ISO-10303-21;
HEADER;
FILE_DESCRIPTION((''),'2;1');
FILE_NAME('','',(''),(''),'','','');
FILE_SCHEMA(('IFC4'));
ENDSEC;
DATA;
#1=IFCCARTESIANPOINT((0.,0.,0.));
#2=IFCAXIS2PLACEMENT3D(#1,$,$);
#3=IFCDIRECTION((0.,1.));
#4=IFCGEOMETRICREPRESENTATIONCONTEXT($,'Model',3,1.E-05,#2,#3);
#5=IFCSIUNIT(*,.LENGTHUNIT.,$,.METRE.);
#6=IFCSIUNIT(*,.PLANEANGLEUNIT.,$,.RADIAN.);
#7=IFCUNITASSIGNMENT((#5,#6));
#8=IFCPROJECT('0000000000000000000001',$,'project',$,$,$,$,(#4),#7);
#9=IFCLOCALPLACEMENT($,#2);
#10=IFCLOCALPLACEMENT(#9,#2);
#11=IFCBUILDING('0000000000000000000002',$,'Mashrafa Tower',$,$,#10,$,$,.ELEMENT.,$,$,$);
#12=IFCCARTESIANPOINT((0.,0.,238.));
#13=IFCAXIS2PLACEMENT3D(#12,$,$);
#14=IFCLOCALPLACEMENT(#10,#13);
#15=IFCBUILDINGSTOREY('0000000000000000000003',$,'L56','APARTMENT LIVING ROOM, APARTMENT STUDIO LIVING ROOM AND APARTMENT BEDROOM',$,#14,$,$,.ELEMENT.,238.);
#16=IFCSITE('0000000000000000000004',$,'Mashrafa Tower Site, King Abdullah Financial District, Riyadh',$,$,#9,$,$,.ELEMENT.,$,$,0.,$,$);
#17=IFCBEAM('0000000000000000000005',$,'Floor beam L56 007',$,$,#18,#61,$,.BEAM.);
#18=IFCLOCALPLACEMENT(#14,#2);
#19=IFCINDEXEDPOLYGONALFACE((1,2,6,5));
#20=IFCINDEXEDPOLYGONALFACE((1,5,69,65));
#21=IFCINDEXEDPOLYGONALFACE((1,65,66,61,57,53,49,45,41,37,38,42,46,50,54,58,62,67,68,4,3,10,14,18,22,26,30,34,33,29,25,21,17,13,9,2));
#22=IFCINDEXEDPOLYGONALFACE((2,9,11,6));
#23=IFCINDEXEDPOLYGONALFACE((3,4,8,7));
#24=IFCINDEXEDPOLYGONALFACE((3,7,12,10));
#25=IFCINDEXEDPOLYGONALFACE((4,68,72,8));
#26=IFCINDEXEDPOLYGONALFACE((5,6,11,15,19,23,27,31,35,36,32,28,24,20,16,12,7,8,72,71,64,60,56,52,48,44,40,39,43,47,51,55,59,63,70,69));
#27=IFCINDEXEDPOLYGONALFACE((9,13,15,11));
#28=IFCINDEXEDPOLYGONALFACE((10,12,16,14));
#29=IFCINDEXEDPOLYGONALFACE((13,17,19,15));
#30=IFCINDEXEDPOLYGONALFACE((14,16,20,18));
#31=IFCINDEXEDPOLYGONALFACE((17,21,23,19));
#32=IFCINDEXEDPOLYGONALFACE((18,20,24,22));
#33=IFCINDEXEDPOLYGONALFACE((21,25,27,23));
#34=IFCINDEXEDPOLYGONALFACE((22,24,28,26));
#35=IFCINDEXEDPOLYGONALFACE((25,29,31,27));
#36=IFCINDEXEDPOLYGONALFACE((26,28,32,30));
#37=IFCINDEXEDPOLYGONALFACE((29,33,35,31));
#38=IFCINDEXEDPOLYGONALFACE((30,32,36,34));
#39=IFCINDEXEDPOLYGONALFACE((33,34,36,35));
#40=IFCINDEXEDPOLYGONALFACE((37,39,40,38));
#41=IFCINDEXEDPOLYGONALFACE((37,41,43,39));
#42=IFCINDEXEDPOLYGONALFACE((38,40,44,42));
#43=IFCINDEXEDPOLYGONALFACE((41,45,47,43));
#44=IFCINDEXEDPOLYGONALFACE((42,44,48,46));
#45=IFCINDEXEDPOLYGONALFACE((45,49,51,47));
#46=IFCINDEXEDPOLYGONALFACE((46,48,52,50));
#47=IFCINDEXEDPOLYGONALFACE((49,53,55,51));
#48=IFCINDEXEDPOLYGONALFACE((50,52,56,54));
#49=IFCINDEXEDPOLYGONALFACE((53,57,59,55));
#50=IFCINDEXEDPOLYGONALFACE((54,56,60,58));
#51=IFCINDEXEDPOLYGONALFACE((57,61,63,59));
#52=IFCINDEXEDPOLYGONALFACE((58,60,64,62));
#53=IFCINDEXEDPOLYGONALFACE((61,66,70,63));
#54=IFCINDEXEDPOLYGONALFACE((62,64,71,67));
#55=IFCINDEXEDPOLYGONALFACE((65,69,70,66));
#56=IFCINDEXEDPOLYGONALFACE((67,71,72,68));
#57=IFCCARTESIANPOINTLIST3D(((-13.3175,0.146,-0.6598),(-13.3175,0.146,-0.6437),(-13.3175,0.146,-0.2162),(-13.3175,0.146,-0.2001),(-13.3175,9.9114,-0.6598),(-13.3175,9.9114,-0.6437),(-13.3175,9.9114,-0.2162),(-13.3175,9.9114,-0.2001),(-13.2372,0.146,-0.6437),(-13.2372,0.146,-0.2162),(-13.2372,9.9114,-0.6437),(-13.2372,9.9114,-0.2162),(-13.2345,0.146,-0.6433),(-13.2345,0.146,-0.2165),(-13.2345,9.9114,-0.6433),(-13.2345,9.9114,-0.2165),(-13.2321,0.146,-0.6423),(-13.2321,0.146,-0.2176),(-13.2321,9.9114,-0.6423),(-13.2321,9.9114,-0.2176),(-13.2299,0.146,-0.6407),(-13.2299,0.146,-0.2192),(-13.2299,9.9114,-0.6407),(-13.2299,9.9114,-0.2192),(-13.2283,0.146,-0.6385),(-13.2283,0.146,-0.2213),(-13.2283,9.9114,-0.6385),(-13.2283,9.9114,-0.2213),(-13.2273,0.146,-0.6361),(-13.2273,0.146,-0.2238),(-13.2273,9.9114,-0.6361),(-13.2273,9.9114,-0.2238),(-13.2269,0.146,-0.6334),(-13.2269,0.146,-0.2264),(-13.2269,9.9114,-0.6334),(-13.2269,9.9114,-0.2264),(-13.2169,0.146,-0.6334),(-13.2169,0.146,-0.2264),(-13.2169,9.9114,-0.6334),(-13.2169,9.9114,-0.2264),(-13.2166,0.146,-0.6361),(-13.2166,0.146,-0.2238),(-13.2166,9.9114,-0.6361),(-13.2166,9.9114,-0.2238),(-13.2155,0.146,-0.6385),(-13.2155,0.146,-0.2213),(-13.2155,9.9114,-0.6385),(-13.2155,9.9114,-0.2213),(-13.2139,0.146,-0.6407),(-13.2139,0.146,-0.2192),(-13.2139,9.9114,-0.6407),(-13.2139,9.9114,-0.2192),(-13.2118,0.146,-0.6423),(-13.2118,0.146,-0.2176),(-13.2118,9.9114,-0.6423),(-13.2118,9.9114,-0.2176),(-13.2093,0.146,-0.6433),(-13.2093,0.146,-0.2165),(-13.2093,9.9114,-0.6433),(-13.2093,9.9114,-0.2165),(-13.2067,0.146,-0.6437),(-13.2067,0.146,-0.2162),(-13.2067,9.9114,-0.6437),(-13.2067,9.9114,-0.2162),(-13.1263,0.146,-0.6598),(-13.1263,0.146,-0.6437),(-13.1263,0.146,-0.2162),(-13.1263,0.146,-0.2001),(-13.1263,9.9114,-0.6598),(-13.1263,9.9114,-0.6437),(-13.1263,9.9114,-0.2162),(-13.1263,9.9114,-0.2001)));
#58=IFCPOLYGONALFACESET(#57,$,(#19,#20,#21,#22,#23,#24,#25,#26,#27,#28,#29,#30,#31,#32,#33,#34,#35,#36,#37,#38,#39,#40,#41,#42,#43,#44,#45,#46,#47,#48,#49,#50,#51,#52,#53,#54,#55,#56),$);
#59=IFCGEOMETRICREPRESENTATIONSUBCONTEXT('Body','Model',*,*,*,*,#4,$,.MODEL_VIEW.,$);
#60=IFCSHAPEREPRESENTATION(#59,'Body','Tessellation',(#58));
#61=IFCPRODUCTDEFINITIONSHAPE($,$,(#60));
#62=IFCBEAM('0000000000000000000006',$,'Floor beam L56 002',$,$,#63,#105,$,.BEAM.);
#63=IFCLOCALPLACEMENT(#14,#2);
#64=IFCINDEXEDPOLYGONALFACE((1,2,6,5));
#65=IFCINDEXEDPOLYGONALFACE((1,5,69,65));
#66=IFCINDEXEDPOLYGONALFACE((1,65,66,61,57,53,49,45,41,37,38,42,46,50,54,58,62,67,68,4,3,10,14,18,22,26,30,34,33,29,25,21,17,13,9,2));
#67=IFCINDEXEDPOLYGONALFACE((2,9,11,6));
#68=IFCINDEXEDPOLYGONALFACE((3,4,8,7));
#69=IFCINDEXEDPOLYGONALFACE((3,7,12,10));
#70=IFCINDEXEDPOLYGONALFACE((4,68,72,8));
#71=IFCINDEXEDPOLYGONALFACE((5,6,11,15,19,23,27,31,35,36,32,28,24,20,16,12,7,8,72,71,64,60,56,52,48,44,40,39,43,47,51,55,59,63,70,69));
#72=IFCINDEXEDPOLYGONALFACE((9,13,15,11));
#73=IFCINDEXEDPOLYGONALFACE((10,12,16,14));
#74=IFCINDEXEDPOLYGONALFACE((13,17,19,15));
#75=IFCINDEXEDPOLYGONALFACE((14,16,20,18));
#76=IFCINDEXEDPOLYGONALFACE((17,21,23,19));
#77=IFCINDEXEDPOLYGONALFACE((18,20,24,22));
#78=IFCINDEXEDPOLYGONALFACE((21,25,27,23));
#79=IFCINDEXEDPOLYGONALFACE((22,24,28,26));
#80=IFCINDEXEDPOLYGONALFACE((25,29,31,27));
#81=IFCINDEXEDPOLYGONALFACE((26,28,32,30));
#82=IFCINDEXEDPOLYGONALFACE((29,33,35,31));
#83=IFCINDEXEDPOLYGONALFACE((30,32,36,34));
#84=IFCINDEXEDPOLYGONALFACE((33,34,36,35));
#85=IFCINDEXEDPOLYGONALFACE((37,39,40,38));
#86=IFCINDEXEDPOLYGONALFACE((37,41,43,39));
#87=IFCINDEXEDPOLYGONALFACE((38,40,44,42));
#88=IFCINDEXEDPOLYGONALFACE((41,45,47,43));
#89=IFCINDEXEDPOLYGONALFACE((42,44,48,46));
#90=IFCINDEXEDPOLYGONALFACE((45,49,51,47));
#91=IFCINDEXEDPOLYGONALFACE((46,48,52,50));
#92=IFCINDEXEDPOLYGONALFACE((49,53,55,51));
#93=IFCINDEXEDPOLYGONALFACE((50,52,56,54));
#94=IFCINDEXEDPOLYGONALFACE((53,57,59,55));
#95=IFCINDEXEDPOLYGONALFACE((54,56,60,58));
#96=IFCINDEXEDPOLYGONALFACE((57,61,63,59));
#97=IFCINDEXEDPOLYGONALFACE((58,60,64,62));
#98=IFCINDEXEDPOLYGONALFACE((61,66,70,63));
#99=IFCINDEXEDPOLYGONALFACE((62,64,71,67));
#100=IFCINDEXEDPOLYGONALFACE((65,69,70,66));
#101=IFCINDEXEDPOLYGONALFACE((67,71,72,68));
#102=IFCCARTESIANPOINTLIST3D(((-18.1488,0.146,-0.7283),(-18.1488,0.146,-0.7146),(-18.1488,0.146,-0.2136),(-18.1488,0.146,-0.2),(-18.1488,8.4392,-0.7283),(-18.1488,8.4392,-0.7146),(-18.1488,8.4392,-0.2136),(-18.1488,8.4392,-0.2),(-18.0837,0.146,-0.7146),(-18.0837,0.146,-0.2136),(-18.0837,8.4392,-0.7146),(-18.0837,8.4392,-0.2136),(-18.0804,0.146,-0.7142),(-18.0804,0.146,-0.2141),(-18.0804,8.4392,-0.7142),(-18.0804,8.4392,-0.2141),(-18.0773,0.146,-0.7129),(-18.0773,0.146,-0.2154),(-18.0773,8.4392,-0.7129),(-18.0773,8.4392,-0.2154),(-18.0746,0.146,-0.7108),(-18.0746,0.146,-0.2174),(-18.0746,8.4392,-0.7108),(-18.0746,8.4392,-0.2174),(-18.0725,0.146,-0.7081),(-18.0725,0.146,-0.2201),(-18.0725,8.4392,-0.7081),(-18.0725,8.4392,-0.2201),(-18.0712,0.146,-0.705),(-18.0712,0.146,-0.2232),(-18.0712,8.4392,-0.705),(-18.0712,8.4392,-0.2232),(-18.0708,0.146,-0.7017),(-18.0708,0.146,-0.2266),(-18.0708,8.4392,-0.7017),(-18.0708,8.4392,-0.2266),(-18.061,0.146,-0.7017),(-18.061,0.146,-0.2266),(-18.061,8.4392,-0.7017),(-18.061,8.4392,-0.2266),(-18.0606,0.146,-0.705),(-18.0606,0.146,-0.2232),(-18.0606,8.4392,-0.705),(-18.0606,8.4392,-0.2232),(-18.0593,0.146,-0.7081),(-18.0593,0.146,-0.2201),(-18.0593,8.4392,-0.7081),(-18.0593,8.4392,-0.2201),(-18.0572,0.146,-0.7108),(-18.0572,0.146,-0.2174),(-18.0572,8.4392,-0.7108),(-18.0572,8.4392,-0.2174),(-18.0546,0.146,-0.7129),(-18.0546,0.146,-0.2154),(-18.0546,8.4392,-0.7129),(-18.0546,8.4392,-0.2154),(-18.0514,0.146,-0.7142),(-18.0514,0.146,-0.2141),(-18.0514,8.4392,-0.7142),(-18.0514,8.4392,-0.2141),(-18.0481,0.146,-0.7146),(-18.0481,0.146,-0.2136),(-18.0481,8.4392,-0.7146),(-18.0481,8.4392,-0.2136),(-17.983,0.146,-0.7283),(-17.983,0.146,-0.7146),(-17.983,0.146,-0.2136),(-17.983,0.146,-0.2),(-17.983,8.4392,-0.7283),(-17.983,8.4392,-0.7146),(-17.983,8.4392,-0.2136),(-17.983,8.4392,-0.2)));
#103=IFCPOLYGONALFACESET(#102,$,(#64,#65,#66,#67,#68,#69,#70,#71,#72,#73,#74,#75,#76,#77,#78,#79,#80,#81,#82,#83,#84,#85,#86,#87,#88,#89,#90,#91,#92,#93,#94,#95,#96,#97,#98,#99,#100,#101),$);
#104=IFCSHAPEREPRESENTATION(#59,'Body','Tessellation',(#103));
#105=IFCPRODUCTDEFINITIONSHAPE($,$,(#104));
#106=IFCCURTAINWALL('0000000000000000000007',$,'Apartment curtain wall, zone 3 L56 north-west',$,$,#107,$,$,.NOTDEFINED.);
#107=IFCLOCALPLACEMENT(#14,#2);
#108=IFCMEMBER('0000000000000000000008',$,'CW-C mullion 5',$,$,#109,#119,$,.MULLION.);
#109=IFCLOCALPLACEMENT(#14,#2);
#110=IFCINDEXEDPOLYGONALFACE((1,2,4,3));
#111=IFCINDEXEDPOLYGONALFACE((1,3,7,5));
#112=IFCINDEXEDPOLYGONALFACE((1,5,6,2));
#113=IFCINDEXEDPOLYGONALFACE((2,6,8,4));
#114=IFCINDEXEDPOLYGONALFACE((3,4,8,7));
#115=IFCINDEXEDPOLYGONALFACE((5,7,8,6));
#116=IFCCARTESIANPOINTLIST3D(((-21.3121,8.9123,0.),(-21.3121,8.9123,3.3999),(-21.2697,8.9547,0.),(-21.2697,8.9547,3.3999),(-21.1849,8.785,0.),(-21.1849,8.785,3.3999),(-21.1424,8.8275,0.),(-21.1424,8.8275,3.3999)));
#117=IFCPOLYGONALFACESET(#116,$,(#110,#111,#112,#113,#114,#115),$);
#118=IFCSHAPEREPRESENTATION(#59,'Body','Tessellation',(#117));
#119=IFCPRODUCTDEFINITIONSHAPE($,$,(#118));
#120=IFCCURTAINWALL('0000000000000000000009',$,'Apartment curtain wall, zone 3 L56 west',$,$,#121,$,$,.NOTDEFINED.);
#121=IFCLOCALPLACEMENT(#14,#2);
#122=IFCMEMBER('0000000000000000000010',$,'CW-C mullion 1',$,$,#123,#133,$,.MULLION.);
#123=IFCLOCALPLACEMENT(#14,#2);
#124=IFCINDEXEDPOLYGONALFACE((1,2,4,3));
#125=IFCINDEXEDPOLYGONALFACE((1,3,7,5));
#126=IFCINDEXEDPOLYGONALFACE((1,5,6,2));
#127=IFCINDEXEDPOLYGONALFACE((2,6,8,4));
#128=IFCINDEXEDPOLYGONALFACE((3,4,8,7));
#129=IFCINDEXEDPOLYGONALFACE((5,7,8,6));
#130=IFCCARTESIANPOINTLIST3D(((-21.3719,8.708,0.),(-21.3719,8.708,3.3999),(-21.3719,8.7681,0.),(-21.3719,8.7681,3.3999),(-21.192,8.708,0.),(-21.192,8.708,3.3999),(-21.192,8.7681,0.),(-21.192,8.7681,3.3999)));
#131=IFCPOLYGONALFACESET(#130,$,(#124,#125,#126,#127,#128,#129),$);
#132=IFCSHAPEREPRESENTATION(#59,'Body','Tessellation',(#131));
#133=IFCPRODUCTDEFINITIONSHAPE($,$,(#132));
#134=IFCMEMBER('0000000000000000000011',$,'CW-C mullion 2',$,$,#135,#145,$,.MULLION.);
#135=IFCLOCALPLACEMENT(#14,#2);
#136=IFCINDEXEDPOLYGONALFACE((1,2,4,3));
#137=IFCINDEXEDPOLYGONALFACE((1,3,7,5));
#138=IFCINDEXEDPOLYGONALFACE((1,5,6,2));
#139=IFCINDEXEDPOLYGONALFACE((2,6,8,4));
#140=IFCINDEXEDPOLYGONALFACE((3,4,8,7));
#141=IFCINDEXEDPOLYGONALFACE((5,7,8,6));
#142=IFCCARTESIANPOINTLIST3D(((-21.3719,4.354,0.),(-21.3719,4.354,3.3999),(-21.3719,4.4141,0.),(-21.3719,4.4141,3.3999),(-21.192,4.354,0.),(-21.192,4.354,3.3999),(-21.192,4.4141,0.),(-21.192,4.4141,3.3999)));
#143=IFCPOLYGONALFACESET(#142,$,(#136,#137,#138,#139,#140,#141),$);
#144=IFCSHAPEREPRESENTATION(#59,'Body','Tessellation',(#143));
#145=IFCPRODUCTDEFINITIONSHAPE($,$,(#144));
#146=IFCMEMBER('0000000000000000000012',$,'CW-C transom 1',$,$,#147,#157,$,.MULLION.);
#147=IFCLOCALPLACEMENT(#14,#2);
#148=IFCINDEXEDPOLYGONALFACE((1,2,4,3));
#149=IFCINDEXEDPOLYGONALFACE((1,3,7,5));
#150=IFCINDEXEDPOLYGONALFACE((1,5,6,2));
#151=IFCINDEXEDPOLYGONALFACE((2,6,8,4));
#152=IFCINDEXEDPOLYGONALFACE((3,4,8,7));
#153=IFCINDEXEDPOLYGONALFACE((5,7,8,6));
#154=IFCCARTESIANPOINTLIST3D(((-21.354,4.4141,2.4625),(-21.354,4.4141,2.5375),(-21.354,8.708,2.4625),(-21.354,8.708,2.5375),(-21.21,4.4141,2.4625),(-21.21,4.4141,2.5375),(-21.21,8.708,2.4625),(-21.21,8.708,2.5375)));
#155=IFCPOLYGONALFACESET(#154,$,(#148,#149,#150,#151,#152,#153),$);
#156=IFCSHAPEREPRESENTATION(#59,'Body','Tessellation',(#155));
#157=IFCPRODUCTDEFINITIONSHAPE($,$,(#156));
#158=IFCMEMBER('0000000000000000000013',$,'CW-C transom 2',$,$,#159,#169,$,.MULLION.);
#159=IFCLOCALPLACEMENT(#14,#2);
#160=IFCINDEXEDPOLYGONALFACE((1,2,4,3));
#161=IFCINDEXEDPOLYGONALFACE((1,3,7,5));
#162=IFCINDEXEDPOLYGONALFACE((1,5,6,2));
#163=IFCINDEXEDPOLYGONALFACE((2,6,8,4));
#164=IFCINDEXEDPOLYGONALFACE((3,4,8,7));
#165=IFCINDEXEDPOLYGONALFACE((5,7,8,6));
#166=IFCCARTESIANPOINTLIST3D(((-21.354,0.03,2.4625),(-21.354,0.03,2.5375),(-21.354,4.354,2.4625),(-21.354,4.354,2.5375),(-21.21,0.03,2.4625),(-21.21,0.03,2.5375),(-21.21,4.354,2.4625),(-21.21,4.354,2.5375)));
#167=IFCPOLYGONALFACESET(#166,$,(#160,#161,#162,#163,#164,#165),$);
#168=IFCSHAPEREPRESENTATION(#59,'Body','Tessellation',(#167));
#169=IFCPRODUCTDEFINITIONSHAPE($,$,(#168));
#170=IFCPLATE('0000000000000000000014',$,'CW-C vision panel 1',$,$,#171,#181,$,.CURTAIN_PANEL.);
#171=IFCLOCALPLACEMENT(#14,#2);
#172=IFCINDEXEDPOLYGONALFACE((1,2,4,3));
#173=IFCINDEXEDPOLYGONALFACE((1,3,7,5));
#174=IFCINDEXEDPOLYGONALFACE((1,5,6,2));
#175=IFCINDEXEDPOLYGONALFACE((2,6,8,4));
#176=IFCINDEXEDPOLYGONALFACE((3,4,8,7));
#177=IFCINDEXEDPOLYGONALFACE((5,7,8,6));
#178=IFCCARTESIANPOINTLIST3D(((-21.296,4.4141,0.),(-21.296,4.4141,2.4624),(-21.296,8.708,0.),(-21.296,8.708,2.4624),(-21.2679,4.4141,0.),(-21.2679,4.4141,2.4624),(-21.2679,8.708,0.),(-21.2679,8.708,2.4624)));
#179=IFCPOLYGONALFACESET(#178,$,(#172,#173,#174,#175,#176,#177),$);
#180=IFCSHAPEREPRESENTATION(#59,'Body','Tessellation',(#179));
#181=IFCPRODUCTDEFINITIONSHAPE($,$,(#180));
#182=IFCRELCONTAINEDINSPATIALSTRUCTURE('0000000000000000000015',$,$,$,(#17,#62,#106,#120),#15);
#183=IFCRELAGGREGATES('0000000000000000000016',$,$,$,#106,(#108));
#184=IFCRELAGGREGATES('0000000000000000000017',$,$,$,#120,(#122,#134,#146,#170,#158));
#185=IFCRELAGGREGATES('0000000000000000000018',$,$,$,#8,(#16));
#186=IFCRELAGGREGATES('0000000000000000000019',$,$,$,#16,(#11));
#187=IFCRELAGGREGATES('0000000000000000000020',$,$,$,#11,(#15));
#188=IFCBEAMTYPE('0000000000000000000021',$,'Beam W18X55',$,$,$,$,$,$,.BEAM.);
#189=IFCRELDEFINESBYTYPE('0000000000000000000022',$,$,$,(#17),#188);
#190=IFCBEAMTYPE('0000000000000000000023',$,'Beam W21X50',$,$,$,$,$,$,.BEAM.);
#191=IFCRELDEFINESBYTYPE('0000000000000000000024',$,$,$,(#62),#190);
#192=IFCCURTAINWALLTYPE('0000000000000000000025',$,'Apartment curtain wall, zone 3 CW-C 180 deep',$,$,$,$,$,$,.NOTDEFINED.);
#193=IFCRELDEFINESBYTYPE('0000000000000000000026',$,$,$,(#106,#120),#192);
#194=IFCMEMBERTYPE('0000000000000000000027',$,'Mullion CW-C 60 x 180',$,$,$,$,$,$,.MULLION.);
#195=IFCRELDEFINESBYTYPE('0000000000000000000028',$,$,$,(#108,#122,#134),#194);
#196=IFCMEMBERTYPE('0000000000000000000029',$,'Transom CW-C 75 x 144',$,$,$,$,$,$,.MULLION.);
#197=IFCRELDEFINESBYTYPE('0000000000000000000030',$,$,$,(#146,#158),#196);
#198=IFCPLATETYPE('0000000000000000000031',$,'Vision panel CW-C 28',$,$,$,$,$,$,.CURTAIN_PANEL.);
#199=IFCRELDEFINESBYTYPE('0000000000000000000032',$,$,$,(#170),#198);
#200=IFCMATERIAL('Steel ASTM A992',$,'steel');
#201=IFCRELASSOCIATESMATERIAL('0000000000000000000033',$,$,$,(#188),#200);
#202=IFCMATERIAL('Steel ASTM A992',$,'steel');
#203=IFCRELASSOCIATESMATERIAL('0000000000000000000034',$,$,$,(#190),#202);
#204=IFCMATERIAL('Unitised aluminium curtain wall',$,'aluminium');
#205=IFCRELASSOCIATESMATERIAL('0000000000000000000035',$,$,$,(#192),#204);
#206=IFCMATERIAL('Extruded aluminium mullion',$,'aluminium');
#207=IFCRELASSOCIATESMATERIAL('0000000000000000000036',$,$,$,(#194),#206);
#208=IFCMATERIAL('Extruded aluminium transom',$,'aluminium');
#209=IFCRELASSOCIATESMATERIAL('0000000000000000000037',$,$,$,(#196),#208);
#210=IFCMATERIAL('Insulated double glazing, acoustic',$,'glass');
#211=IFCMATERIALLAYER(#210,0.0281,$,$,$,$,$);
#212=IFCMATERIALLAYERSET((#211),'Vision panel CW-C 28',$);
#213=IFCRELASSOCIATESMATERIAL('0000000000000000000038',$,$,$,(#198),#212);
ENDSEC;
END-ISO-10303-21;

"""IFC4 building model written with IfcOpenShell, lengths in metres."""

from ifc_helpers import new_model, si_unit, direction, frame, origin, origin_2d, place, context, subcontext, project, spatial, rectangle, i_section, extrude, source, transform, mapped, material, layer, layer_set, material_profile, profile_set, type_object, type_shapes, element, aggregate, save


model = new_model("IFC4")

# Units and contexts
model_context = context("Model", 3, precision=1e-05, world=origin(), true_north=direction((0.0, 1.0)))
body_context = subcontext(model_context, "Body", "Model", "MODEL_VIEW")
ifc_project = project(units=[si_unit("LENGTHUNIT", "METRE"), si_unit("PLANEANGLEUNIT", "RADIAN")], contexts=[model_context])

# Site, building, storey
site_placement = place(None, origin())
site = spatial("IfcSite", under=ifc_project, at=site_placement, Name="Mashrafa Tower Site, King Abdullah Financial District, Riyadh", CompositionType="ELEMENT", RefElevation=0.0)
building_placement = place(site_placement, origin())
building = spatial("IfcBuilding", under=site, at=building_placement, Name="Mashrafa Tower", CompositionType="ELEMENT")
storey_placement = place(building_placement, frame((0.0, 0.0, 238.0)))
storey = spatial("IfcBuildingStorey", under=building, at=storey_placement, Name="L56", Description="APARTMENT LIVING ROOM, APARTMENT STUDIO LIVING ROOM AND APARTMENT BEDROOM", CompositionType="ELEMENT", Elevation=238.0)

# Beams
ifc_material_1 = material(Name="Steel ASTM A992", Category="steel")
ifc_material_profile_1 = material_profile(ifc_material_1, i_section(OverallWidth=0.1912, OverallDepth=0.4597, WebThickness=0.01, FlangeThickness=0.0161, FilletRadius=0.0103, at=origin_2d()), Name="W18X55")
ifc_profile_set_1 = profile_set([ifc_material_profile_1], Name="Steel ASTM A992")
beam_type_1 = type_object("IfcBeamType", Name="Beam W18X55", PredefinedType="BEAM", material=ifc_profile_set_1)
beam_1_placement = place(storey_placement, frame((-13.2219, 0.146, -0.4299), z_axis=(0.0, 1.0, 0.0), x_axis=(-1.0, 0.0, 0.0)))
element("IfcBeam", 1, at=beam_1_placement, inside=storey, type_object=beam_type_1, Name="Floor beam L56 007", PredefinedType="BEAM", context=body_context, shape_type="SweptSolid", body=[
    extrude(i_section(OverallWidth=0.1912, OverallDepth=0.4597, WebThickness=0.01, FlangeThickness=0.0161, FilletRadius=0.0103, at=origin_2d()), origin(), (0.0, 0.0, 1.0), 9.7654),
])
ifc_material_2 = material(Name="Steel ASTM A992", Category="steel")
ifc_material_profile_2 = material_profile(ifc_material_2, i_section(OverallWidth=0.1658, OverallDepth=0.5283, WebThickness=0.0098, FlangeThickness=0.0137, FilletRadius=0.0129, at=origin_2d()), Name="W21X50")
ifc_profile_set_2 = profile_set([ifc_material_profile_2], Name="Steel ASTM A992")
beam_type_2 = type_object("IfcBeamType", Name="Beam W21X50", PredefinedType="BEAM", material=ifc_profile_set_2)
beam_2_placement = place(storey_placement, frame((-18.0659, 0.146, -0.4641), z_axis=(0.0, 1.0, 0.0), x_axis=(-1.0, 0.0, 0.0)))
element("IfcBeam", 2, at=beam_2_placement, inside=storey, type_object=beam_type_2, Name="Floor beam L56 002", PredefinedType="BEAM", context=body_context, shape_type="SweptSolid", body=[
    extrude(i_section(OverallWidth=0.1658, OverallDepth=0.5283, WebThickness=0.0098, FlangeThickness=0.0137, FilletRadius=0.0129, at=origin_2d()), origin(), (0.0, 0.0, 1.0), 8.2932),
])

# Curtain wall, member
ifc_material_3 = material(Name="Unitised aluminium curtain wall", Category="aluminium")
curtain_wall_type = type_object("IfcCurtainWallType", Name="Apartment curtain wall, zone 3 CW-C 180 deep", PredefinedType="NOTDEFINED", material=ifc_material_3)
curtain_wall_1_placement = place(storey_placement, origin())
curtain_wall_1 = element("IfcCurtainWall", 3, at=curtain_wall_1_placement, inside=storey, type_object=curtain_wall_type, Name="Apartment curtain wall, zone 3 L56 north-west", PredefinedType="NOTDEFINED")
ifc_material_4 = material(Name="Extruded aluminium mullion", Category="aluminium")
ifc_material_profile_3 = material_profile(ifc_material_4, rectangle(XDim=0.1799, YDim=0.0601, at=origin_2d()), Name="Mullion 60x180")
ifc_profile_set_3 = profile_set([ifc_material_profile_3], Name="Extruded aluminium mullion")
member_type_1 = type_object("IfcMemberType", Name="Mullion CW-C 60 x 180", PredefinedType="MULLION", material=ifc_profile_set_3)
shared_shape_1 = source(origin(), body_context, "Body", "SweptSolid", [
    extrude(rectangle(XDim=0.1799, YDim=0.0601, at=origin_2d()), origin(), (0.0, 0.0, 1.0), 3.3999),
])
type_shapes(member_type_1, [shared_shape_1])
member_1_placement = place(storey_placement, frame((-21.2273, 8.8699, 0.0), z_axis=(0.0, 0.0, 1.0), x_axis=(0.707107, -0.707107, 0.0)))
member_1 = element("IfcMember", 4, at=member_1_placement, type_object=member_type_1, Name="CW-C mullion 5", PredefinedType="MULLION", context=body_context, shape_type="MappedRepresentation", body=[
    mapped(shared_shape_1, transform((0.0, 0.0, 0.0))),
])
aggregate(curtain_wall_1, [member_1])

# Curtain wall, members, plate
curtain_wall_2_placement = place(storey_placement, origin())
curtain_wall_2 = element("IfcCurtainWall", 5, at=curtain_wall_2_placement, inside=storey, type_object=curtain_wall_type, Name="Apartment curtain wall, zone 3 L56 west", PredefinedType="NOTDEFINED")
member_2_placement = place(storey_placement, frame((-21.282, 8.738, 0.0), z_axis=(0.0, 0.0, 1.0), x_axis=(1.0, 0.0, 0.0)))
member_2 = element("IfcMember", 6, at=member_2_placement, type_object=member_type_1, Name="CW-C mullion 1", PredefinedType="MULLION", context=body_context, shape_type="MappedRepresentation", body=[
    mapped(shared_shape_1, transform((0.0, 0.0, 0.0))),
])
member_3_placement = place(storey_placement, frame((-21.282, 4.384, 0.0), z_axis=(0.0, 0.0, 1.0), x_axis=(1.0, 0.0, 0.0)))
member_3 = element("IfcMember", 7, at=member_3_placement, type_object=member_type_1, Name="CW-C mullion 2", PredefinedType="MULLION", context=body_context, shape_type="MappedRepresentation", body=[
    mapped(shared_shape_1, transform((0.0, 0.0, 0.0))),
])
ifc_material_5 = material(Name="Extruded aluminium transom", Category="aluminium")
ifc_material_profile_4 = material_profile(ifc_material_5, rectangle(XDim=0.144, YDim=0.075, at=origin_2d()), Name="Transom 75x144")
ifc_profile_set_4 = profile_set([ifc_material_profile_4], Name="Extruded aluminium transom")
member_type_2 = type_object("IfcMemberType", Name="Transom CW-C 75 x 144", PredefinedType="MULLION", material=ifc_profile_set_4)
shared_shape_2 = source(origin(), body_context, "Body", "SweptSolid", [
    extrude(rectangle(XDim=0.144, YDim=0.075, at=origin_2d()), origin(), (0.0, 0.0, 1.0), 4.2939),
])
member_4_placement = place(storey_placement, frame((-21.282, 8.708, 2.5), z_axis=(0.0, -1.0, 0.0), x_axis=(1.0, 0.0, 0.0)))
member_4 = element("IfcMember", 8, at=member_4_placement, type_object=member_type_2, Name="CW-C transom 1", PredefinedType="MULLION", context=body_context, shape_type="MappedRepresentation", body=[
    mapped(shared_shape_2, transform((0.0, 0.0, 0.0))),
])
shared_shape_3 = source(origin(), body_context, "Body", "SweptSolid", [
    extrude(rectangle(XDim=0.144, YDim=0.075, at=origin_2d()), origin(), (0.0, 0.0, 1.0), 4.324),
])
type_shapes(member_type_2, [shared_shape_2, shared_shape_3])
member_5_placement = place(storey_placement, frame((-21.282, 4.354, 2.5), z_axis=(0.0, -1.0, 0.0), x_axis=(1.0, 0.0, 0.0)))
member_5 = element("IfcMember", 9, at=member_5_placement, type_object=member_type_2, Name="CW-C transom 2", PredefinedType="MULLION", context=body_context, shape_type="MappedRepresentation", body=[
    mapped(shared_shape_3, transform((0.0, 0.0, 0.0))),
])
ifc_material_6 = material(Name="Insulated double glazing, acoustic", Category="glass")
ifc_layer_1 = layer(ifc_material_6, 0.0281)
ifc_layer_set_1 = layer_set([ifc_layer_1], Name="Vision panel CW-C 28")
plate_type_1 = type_object("IfcPlateType", Name="Vision panel CW-C 28", PredefinedType="CURTAIN_PANEL", material=ifc_layer_set_1)
shared_shape_4 = source(origin(), body_context, "Body", "SweptSolid", [
    extrude(rectangle(XDim=4.2939, YDim=0.0281, at=origin_2d()), origin(), (0.0, 0.0, 1.0), 2.4624),
])
plate_1_placement = place(storey_placement, frame((-21.282, 6.561, 0.0), z_axis=(0.0, 0.0, 1.0), x_axis=(0.0, -1.0, 0.0)))
plate_1 = element("IfcPlate", 10, at=plate_1_placement, type_object=plate_type_1, Name="CW-C vision panel 1", PredefinedType="CURTAIN_PANEL", context=body_context, shape_type="MappedRepresentation", body=[
    mapped(shared_shape_4, transform((0.0, 0.0, 0.0))),
])
aggregate(curtain_wall_2, [member_2, member_3, member_4, plate_1, member_5])

save(model, "model.ifc")
